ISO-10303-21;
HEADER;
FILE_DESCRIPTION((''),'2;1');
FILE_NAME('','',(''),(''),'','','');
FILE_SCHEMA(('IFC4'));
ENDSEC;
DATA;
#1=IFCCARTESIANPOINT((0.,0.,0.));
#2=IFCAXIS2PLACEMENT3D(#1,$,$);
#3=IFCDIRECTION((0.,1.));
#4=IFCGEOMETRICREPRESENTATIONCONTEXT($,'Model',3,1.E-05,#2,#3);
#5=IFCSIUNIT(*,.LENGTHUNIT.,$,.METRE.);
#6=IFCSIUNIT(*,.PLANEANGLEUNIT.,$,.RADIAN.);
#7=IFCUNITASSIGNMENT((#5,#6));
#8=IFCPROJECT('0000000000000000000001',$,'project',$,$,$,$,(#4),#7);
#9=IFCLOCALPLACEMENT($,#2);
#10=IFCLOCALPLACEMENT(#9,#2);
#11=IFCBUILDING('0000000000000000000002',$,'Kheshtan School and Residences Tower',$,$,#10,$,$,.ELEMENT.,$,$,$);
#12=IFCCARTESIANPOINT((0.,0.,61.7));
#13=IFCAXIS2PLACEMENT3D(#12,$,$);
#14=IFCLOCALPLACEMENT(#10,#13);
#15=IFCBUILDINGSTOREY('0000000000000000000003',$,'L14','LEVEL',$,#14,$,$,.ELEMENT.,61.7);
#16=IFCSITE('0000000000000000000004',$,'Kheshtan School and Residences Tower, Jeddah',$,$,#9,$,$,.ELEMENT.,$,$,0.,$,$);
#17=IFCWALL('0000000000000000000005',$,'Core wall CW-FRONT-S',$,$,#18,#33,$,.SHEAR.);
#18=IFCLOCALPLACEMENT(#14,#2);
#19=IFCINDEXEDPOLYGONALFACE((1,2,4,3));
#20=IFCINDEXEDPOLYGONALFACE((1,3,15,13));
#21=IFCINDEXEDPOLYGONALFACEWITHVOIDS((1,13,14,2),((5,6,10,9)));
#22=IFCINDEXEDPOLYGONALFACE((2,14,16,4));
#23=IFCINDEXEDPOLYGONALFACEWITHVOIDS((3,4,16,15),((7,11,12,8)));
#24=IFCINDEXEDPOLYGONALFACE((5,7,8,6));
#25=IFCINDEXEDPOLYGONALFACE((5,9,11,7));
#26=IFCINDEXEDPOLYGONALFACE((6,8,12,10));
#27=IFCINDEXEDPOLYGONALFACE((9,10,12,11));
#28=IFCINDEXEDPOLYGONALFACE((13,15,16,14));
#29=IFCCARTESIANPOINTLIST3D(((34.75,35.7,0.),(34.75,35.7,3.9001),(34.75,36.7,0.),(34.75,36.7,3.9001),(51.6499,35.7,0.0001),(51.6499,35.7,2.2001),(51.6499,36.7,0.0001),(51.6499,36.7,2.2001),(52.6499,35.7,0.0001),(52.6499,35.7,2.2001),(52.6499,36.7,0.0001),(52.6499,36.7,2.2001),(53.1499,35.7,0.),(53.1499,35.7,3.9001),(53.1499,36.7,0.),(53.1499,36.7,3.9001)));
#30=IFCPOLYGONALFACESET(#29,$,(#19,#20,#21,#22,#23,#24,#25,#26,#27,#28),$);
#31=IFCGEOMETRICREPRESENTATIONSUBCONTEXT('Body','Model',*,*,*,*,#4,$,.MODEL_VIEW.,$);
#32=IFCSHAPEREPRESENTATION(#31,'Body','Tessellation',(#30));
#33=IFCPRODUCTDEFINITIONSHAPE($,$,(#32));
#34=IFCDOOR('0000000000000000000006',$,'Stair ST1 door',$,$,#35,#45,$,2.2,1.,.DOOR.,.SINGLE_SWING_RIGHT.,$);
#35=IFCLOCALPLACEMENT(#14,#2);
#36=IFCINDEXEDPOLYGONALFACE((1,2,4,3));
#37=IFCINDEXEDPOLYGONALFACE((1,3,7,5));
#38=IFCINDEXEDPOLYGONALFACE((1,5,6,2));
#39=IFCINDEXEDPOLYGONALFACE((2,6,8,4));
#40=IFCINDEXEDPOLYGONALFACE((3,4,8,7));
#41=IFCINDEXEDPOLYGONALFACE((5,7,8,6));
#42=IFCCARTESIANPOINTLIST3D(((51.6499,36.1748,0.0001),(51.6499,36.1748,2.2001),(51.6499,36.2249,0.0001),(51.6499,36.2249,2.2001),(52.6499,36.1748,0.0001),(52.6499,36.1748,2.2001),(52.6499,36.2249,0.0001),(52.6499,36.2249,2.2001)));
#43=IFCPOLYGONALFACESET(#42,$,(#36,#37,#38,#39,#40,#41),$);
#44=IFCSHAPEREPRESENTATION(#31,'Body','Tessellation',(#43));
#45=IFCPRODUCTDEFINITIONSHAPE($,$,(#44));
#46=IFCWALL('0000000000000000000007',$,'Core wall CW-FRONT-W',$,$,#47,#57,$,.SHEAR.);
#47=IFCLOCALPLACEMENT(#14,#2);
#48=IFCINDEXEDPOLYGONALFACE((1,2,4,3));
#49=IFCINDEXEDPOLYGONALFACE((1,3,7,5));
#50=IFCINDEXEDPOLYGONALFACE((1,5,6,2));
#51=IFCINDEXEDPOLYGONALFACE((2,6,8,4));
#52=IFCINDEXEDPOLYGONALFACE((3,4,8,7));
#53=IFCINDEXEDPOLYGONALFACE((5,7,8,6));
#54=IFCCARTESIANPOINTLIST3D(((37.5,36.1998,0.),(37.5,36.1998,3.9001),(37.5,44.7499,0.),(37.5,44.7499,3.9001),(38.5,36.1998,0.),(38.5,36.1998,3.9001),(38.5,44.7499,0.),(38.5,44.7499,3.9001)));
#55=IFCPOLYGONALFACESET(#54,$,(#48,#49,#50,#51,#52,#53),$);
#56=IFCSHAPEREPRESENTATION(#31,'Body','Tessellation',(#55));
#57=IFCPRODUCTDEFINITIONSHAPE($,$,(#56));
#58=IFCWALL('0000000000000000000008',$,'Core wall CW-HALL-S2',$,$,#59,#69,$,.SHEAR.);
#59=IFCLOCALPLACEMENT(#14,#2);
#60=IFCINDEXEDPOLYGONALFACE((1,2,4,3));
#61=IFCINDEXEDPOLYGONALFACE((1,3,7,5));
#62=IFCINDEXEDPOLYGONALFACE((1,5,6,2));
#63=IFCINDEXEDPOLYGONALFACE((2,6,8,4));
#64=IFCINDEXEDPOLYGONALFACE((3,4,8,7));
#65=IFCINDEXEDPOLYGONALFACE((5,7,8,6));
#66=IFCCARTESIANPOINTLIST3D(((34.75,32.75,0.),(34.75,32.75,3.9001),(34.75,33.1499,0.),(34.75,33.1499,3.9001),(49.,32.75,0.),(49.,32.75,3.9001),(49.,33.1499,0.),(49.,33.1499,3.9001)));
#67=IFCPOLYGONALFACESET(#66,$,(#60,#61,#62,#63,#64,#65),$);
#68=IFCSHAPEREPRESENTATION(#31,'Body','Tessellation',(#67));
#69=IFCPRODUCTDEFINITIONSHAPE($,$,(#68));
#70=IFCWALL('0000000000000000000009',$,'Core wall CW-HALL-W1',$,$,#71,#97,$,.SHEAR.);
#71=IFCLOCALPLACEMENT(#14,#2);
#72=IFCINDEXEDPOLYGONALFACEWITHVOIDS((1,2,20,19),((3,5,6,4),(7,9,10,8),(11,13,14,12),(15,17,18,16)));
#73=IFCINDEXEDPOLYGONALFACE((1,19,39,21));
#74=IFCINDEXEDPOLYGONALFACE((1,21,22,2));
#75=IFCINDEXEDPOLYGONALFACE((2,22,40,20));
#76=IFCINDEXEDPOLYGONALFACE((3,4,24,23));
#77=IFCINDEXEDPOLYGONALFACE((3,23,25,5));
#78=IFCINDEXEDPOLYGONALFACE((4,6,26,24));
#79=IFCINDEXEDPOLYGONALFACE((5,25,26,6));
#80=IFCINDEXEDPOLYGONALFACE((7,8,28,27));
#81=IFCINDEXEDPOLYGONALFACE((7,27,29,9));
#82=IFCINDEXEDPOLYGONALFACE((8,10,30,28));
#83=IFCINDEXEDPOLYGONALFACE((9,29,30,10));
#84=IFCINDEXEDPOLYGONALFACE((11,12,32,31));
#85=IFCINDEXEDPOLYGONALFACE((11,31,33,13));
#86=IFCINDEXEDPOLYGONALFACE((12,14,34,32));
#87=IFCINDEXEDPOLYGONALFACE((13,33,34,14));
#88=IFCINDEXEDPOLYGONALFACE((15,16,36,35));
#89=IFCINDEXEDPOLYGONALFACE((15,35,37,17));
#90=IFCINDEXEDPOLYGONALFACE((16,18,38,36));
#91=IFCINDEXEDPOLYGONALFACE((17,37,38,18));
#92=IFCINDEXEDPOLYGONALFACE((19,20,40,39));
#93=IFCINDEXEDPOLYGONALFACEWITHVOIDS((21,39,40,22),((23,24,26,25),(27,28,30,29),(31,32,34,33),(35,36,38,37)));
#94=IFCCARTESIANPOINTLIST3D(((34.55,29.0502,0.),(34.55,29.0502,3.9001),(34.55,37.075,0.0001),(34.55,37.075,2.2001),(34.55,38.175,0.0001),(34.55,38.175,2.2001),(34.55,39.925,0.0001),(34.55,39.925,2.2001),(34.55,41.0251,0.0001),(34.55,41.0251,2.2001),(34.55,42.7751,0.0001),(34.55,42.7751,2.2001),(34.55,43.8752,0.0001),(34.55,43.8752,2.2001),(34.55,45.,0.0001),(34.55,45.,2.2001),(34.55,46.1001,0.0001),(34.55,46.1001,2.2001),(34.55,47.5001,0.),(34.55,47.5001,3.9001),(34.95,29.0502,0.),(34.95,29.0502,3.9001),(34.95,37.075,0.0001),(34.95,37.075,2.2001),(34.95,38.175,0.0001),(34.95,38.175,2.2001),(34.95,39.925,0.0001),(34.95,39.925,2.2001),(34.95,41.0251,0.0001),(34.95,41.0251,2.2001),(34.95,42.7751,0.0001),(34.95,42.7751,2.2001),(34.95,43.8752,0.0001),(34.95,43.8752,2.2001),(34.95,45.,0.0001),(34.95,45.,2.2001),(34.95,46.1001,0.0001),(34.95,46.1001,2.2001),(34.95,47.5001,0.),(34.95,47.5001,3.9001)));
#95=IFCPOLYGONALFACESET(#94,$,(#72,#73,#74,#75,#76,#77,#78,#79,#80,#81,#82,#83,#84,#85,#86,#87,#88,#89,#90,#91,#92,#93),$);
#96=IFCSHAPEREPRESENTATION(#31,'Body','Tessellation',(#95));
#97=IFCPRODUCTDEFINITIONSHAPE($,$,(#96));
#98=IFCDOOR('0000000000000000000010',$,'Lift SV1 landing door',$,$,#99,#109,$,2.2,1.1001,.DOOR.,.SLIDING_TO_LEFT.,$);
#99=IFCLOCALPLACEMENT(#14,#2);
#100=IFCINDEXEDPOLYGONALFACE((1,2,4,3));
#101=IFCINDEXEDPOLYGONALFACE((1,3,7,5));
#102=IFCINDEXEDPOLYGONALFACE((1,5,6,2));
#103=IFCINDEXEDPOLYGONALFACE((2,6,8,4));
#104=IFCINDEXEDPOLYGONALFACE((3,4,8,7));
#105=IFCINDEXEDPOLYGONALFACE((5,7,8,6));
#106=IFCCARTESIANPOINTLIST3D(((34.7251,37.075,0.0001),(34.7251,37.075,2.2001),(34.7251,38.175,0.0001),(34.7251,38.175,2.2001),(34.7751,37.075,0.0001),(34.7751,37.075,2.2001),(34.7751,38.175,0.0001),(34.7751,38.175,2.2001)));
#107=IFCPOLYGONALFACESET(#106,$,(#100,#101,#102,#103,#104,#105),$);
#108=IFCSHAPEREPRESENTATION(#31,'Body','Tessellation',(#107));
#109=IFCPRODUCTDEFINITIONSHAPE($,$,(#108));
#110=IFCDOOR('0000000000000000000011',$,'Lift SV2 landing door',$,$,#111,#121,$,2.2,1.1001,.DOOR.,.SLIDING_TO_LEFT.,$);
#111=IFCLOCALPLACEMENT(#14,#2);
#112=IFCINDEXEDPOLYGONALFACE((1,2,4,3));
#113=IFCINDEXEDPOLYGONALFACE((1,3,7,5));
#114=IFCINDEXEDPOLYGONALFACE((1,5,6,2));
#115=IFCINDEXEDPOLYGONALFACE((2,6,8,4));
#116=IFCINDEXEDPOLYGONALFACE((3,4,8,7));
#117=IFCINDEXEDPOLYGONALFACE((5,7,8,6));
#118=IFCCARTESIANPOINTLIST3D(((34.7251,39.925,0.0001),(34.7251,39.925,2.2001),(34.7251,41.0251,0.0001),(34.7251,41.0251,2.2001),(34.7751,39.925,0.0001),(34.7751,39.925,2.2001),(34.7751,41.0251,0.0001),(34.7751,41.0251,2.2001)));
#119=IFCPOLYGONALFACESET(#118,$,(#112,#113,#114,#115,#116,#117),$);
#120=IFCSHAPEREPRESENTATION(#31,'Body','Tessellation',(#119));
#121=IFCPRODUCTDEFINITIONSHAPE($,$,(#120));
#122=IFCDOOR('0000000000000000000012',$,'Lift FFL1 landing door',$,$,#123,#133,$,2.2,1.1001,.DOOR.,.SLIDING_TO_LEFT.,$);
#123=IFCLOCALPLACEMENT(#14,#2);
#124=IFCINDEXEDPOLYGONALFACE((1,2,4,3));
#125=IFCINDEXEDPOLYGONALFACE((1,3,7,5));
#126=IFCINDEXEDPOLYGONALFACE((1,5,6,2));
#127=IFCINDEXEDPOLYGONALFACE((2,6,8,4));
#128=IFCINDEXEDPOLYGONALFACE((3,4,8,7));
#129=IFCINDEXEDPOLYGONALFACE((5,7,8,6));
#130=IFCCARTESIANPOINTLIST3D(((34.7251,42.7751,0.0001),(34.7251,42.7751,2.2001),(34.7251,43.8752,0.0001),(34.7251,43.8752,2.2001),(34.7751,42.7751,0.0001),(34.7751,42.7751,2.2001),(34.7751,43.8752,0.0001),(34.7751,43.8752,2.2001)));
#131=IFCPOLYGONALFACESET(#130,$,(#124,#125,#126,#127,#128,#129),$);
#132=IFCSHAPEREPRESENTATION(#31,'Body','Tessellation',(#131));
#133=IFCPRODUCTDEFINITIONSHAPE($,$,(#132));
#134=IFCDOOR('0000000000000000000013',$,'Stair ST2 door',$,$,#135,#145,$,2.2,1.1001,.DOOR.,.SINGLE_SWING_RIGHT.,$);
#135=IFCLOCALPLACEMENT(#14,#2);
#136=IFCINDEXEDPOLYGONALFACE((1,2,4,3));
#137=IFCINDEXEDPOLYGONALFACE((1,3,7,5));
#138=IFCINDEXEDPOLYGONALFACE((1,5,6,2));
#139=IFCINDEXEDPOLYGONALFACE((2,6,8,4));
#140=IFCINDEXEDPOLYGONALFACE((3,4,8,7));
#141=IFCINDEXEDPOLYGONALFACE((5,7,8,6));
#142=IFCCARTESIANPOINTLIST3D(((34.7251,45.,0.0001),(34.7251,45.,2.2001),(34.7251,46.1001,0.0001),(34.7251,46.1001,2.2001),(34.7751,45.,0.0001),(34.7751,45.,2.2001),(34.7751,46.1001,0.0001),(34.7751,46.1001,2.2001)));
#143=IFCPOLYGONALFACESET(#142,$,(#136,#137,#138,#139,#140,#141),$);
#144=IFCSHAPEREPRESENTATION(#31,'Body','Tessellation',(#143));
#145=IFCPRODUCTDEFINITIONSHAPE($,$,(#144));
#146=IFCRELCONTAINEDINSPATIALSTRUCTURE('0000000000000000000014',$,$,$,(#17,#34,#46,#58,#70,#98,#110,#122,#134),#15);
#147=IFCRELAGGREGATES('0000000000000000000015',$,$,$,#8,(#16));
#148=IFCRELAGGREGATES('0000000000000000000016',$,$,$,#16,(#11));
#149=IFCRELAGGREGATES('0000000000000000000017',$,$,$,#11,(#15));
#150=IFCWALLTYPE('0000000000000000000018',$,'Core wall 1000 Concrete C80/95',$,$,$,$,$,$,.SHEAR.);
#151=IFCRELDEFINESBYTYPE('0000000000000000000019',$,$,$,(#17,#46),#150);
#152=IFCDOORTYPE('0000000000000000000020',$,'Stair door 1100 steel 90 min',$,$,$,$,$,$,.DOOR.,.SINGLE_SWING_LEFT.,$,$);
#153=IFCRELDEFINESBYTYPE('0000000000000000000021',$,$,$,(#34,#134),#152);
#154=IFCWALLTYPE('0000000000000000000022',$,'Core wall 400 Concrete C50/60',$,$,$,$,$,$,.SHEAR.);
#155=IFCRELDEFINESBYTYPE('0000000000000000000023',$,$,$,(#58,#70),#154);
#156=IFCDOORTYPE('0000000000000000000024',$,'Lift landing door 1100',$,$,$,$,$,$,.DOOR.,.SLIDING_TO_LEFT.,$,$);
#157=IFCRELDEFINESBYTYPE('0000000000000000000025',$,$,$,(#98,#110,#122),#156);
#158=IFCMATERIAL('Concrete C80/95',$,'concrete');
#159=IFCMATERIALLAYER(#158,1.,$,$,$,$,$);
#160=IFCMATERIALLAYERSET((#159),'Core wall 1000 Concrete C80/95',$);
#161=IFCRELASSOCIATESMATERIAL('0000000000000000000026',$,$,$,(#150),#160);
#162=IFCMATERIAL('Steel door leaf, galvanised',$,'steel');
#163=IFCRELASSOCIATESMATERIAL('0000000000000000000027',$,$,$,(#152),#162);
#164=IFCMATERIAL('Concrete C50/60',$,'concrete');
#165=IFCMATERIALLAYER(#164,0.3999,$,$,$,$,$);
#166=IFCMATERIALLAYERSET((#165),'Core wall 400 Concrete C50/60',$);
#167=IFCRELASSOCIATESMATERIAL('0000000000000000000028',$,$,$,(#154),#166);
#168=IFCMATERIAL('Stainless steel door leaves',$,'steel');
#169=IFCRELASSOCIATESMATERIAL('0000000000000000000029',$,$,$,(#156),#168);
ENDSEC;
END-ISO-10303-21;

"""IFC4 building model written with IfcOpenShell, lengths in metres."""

from ifc_helpers import new_model, si_unit, direction, frame, frame_2d, origin, place, context, subcontext, project, spatial, rectangle, extrude, source, transform, mapped, material, layer, layer_set, type_object, element, fill, save


model = new_model("IFC4")

# Units and contexts
model_context = context("Model", 3, precision=1e-05, world=origin(), true_north=direction((0.0, 1.0)))
body_context = subcontext(model_context, "Body", "Model", "MODEL_VIEW")
ifc_project = project(units=[si_unit("LENGTHUNIT", "METRE"), si_unit("PLANEANGLEUNIT", "RADIAN")], contexts=[model_context])

# Site, building, storey
site_placement = place(None, origin())
site = spatial("IfcSite", under=ifc_project, at=site_placement, Name="Kheshtan School and Residences Tower, Jeddah", CompositionType="ELEMENT", RefElevation=0.0)
building_placement = place(site_placement, origin())
building = spatial("IfcBuilding", under=site, at=building_placement, Name="Kheshtan School and Residences Tower", CompositionType="ELEMENT")
storey_placement = place(building_placement, frame((0.0, 0.0, 61.7)))
storey = spatial("IfcBuildingStorey", under=building, at=storey_placement, Name="L14", Description="LEVEL", CompositionType="ELEMENT", Elevation=61.7)

# Wall, opening, door
ifc_material_1 = material(Name="Concrete C80/95", Category="concrete")
ifc_layer_1 = layer(ifc_material_1, 1.0)
ifc_layer_set_1 = layer_set([ifc_layer_1], Name="Core wall 1000 Concrete C80/95")
wall_type_1 = type_object("IfcWallType", Name="Core wall 1000 Concrete C80/95", PredefinedType="SHEAR", material=ifc_layer_set_1)
wall_1_placement = place(storey_placement, frame((34.75, 36.2, 0.0), z_axis=(0.0, 0.0, 1.0), x_axis=(1.0, 0.0, 0.0)))
wall_1 = element("IfcWall", 1, at=wall_1_placement, inside=storey, type_object=wall_type_1, Name="Core wall CW-FRONT-S", PredefinedType="SHEAR", context=body_context, shape_type="SweptSolid", body=[
    extrude(rectangle(XDim=18.3999, YDim=1.0, at=frame_2d((9.2, 0.0))), origin(), (0.0, 0.0, 1.0), 3.9001),
])
opening_1_placement = place(wall_1_placement, frame((16.8999, 0.0, 0.0)))
opening_1 = element("IfcOpeningElement", 2, at=opening_1_placement, cuts=wall_1, PredefinedType="OPENING", context=body_context, shape_type="SweptSolid", body=[
    extrude(rectangle(XDim=1.0, YDim=2.2, at=frame_2d((0.5, 1.1001))), frame((0.0, 0.51, 0.0), z_axis=(0.0, -1.0, 0.0), x_axis=(1.0, 0.0, 0.0)), (0.0, 0.0, 1.0), 1.02),
])
ifc_material_2 = material(Name="Steel door leaf, galvanised", Category="steel")
door_type_1 = type_object("IfcDoorType", Name="Stair door 1100 steel 90 min", OperationType="SINGLE_SWING_LEFT", PredefinedType="DOOR", material=ifc_material_2)
shared_shape_1 = source(origin(), body_context, "Body", "SweptSolid", [
    extrude(rectangle(XDim=1.0, YDim=2.2, at=frame_2d((0.5, 1.1001))), frame((0.0, 0.0249, 0.0), z_axis=(0.0, -1.0, 0.0), x_axis=(1.0, 0.0, 0.0)), (0.0, 0.0, 1.0), 0.05),
])
door_1_placement = place(opening_1_placement, origin())
door_1 = element("IfcDoor", 3, at=door_1_placement, inside=storey, type_object=door_type_1, Name="Stair ST1 door", OperationType="SINGLE_SWING_RIGHT", OverallHeight=2.2, OverallWidth=1.0, PredefinedType="DOOR", context=body_context, shape_type="MappedRepresentation", body=[
    mapped(shared_shape_1, transform((0.0, 0.0, 0.0), x_axis=(1.0, 0.0, 0.0), y_axis=(0.0, 1.0, 0.0), z_axis=(0.0, 0.0, 1.0), scale=1.0)),
])
fill(opening_1, door_1)

# Walls
wall_2_placement = place(storey_placement, frame((38.0, 36.2, 0.0), z_axis=(0.0, 0.0, 1.0), x_axis=(0.0, 1.0, 0.0)))
element("IfcWall", 4, at=wall_2_placement, inside=storey, type_object=wall_type_1, Name="Core wall CW-FRONT-W", PredefinedType="SHEAR", context=body_context, shape_type="SweptSolid", body=[
    extrude(rectangle(XDim=8.55, YDim=1.0, at=frame_2d((4.2749, 0.0))), origin(), (0.0, 0.0, 1.0), 3.9001),
])
ifc_material_3 = material(Name="Concrete C50/60", Category="concrete")
ifc_layer_2 = layer(ifc_material_3, 0.3999)
ifc_layer_set_2 = layer_set([ifc_layer_2], Name="Core wall 400 Concrete C50/60")
wall_type_2 = type_object("IfcWallType", Name="Core wall 400 Concrete C50/60", PredefinedType="SHEAR", material=ifc_layer_set_2)
wall_3_placement = place(storey_placement, frame((34.75, 32.95, 0.0), z_axis=(0.0, 0.0, 1.0), x_axis=(1.0, 0.0, 0.0)))
element("IfcWall", 5, at=wall_3_placement, inside=storey, type_object=wall_type_2, Name="Core wall CW-HALL-S2", PredefinedType="SHEAR", context=body_context, shape_type="SweptSolid", body=[
    extrude(rectangle(XDim=14.25, YDim=0.3999, at=frame_2d((7.125, 0.0))), origin(), (0.0, 0.0, 1.0), 3.9001),
])

# Wall, openings, doors
wall_4_placement = place(storey_placement, frame((34.75, 29.05, 0.0), z_axis=(0.0, 0.0, 1.0), x_axis=(0.0, 1.0, 0.0)))
wall_4 = element("IfcWall", 6, at=wall_4_placement, inside=storey, type_object=wall_type_2, Name="Core wall CW-HALL-W1", PredefinedType="SHEAR", context=body_context, shape_type="SweptSolid", body=[
    extrude(rectangle(XDim=18.45, YDim=0.3999, at=frame_2d((9.2251, 0.0))), origin(), (0.0, 0.0, 1.0), 3.9001),
])
opening_2_placement = place(wall_4_placement, frame((8.0249, 0.0, 0.0)))
opening_2 = element("IfcOpeningElement", 7, at=opening_2_placement, cuts=wall_4, PredefinedType="OPENING", context=body_context, shape_type="SweptSolid", body=[
    extrude(rectangle(XDim=1.1001, YDim=2.2, at=frame_2d((0.55, 1.1001))), frame((0.0, 0.21, 0.0), z_axis=(0.0, -1.0, 0.0), x_axis=(1.0, 0.0, 0.0)), (0.0, 0.0, 1.0), 0.4199),
])
opening_3_placement = place(wall_4_placement, frame((10.875, 0.0, 0.0)))
opening_3 = element("IfcOpeningElement", 8, at=opening_3_placement, cuts=wall_4, PredefinedType="OPENING", context=body_context, shape_type="SweptSolid", body=[
    extrude(rectangle(XDim=1.1001, YDim=2.2, at=frame_2d((0.55, 1.1001))), frame((0.0, 0.21, 0.0), z_axis=(0.0, -1.0, 0.0), x_axis=(1.0, 0.0, 0.0)), (0.0, 0.0, 1.0), 0.4199),
])
opening_4_placement = place(wall_4_placement, frame((13.7251, 0.0, 0.0)))
opening_4 = element("IfcOpeningElement", 9, at=opening_4_placement, cuts=wall_4, PredefinedType="OPENING", context=body_context, shape_type="SweptSolid", body=[
    extrude(rectangle(XDim=1.1001, YDim=2.2, at=frame_2d((0.55, 1.1001))), frame((0.0, 0.21, 0.0), z_axis=(0.0, -1.0, 0.0), x_axis=(1.0, 0.0, 0.0)), (0.0, 0.0, 1.0), 0.4199),
])
opening_5_placement = place(wall_4_placement, frame((15.95, 0.0, 0.0)))
opening_5 = element("IfcOpeningElement", 10, at=opening_5_placement, cuts=wall_4, PredefinedType="OPENING", context=body_context, shape_type="SweptSolid", body=[
    extrude(rectangle(XDim=1.1001, YDim=2.2, at=frame_2d((0.55, 1.1001))), frame((0.0, 0.21, 0.0), z_axis=(0.0, -1.0, 0.0), x_axis=(1.0, 0.0, 0.0)), (0.0, 0.0, 1.0), 0.4199),
])
ifc_material_4 = material(Name="Stainless steel door leaves", Category="steel")
door_type_2 = type_object("IfcDoorType", Name="Lift landing door 1100", OperationType="SLIDING_TO_LEFT", PredefinedType="DOOR", material=ifc_material_4)
shared_shape_2 = source(origin(), body_context, "Body", "SweptSolid", [
    extrude(rectangle(XDim=1.1001, YDim=2.2, at=frame_2d((0.55, 1.1001))), frame((0.0, 0.0249, 0.0), z_axis=(0.0, -1.0, 0.0), x_axis=(1.0, 0.0, 0.0)), (0.0, 0.0, 1.0), 0.05),
])
door_2_placement = place(opening_2_placement, origin())
door_2 = element("IfcDoor", 11, at=door_2_placement, inside=storey, type_object=door_type_2, Name="Lift SV1 landing door", OperationType="SLIDING_TO_LEFT", OverallHeight=2.2, OverallWidth=1.1001, PredefinedType="DOOR", context=body_context, shape_type="MappedRepresentation", body=[
    mapped(shared_shape_2, transform((0.0, 0.0, 0.0), x_axis=(1.0, 0.0, 0.0), y_axis=(0.0, 1.0, 0.0), z_axis=(0.0, 0.0, 1.0), scale=1.0)),
])
fill(opening_2, door_2)
door_3_placement = place(opening_3_placement, origin())
door_3 = element("IfcDoor", 12, at=door_3_placement, inside=storey, type_object=door_type_2, Name="Lift SV2 landing door", OperationType="SLIDING_TO_LEFT", OverallHeight=2.2, OverallWidth=1.1001, PredefinedType="DOOR", context=body_context, shape_type="MappedRepresentation", body=[
    mapped(shared_shape_2, transform((0.0, 0.0, 0.0), x_axis=(1.0, 0.0, 0.0), y_axis=(0.0, 1.0, 0.0), z_axis=(0.0, 0.0, 1.0), scale=1.0)),
])
fill(opening_3, door_3)
door_4_placement = place(opening_4_placement, origin())
door_4 = element("IfcDoor", 13, at=door_4_placement, inside=storey, type_object=door_type_2, Name="Lift FFL1 landing door", OperationType="SLIDING_TO_LEFT", OverallHeight=2.2, OverallWidth=1.1001, PredefinedType="DOOR", context=body_context, shape_type="MappedRepresentation", body=[
    mapped(shared_shape_2, transform((0.0, 0.0, 0.0), x_axis=(1.0, 0.0, 0.0), y_axis=(0.0, 1.0, 0.0), z_axis=(0.0, 0.0, 1.0), scale=1.0)),
])
fill(opening_4, door_4)
shared_shape_3 = source(origin(), body_context, "Body", "SweptSolid", [
    extrude(rectangle(XDim=1.1001, YDim=2.2, at=frame_2d((0.55, 1.1001))), frame((0.0, 0.0249, 0.0), z_axis=(0.0, -1.0, 0.0), x_axis=(1.0, 0.0, 0.0)), (0.0, 0.0, 1.0), 0.05),
])
door_5_placement = place(opening_5_placement, origin())
door_5 = element("IfcDoor", 14, at=door_5_placement, inside=storey, type_object=door_type_1, Name="Stair ST2 door", OperationType="SINGLE_SWING_RIGHT", OverallHeight=2.2, OverallWidth=1.1001, PredefinedType="DOOR", context=body_context, shape_type="MappedRepresentation", body=[
    mapped(shared_shape_3, transform((0.0, 0.0, 0.0), x_axis=(1.0, 0.0, 0.0), y_axis=(0.0, 1.0, 0.0), z_axis=(0.0, 0.0, 1.0), scale=1.0)),
])
fill(opening_5, door_5)

save(model, "model.ifc")
